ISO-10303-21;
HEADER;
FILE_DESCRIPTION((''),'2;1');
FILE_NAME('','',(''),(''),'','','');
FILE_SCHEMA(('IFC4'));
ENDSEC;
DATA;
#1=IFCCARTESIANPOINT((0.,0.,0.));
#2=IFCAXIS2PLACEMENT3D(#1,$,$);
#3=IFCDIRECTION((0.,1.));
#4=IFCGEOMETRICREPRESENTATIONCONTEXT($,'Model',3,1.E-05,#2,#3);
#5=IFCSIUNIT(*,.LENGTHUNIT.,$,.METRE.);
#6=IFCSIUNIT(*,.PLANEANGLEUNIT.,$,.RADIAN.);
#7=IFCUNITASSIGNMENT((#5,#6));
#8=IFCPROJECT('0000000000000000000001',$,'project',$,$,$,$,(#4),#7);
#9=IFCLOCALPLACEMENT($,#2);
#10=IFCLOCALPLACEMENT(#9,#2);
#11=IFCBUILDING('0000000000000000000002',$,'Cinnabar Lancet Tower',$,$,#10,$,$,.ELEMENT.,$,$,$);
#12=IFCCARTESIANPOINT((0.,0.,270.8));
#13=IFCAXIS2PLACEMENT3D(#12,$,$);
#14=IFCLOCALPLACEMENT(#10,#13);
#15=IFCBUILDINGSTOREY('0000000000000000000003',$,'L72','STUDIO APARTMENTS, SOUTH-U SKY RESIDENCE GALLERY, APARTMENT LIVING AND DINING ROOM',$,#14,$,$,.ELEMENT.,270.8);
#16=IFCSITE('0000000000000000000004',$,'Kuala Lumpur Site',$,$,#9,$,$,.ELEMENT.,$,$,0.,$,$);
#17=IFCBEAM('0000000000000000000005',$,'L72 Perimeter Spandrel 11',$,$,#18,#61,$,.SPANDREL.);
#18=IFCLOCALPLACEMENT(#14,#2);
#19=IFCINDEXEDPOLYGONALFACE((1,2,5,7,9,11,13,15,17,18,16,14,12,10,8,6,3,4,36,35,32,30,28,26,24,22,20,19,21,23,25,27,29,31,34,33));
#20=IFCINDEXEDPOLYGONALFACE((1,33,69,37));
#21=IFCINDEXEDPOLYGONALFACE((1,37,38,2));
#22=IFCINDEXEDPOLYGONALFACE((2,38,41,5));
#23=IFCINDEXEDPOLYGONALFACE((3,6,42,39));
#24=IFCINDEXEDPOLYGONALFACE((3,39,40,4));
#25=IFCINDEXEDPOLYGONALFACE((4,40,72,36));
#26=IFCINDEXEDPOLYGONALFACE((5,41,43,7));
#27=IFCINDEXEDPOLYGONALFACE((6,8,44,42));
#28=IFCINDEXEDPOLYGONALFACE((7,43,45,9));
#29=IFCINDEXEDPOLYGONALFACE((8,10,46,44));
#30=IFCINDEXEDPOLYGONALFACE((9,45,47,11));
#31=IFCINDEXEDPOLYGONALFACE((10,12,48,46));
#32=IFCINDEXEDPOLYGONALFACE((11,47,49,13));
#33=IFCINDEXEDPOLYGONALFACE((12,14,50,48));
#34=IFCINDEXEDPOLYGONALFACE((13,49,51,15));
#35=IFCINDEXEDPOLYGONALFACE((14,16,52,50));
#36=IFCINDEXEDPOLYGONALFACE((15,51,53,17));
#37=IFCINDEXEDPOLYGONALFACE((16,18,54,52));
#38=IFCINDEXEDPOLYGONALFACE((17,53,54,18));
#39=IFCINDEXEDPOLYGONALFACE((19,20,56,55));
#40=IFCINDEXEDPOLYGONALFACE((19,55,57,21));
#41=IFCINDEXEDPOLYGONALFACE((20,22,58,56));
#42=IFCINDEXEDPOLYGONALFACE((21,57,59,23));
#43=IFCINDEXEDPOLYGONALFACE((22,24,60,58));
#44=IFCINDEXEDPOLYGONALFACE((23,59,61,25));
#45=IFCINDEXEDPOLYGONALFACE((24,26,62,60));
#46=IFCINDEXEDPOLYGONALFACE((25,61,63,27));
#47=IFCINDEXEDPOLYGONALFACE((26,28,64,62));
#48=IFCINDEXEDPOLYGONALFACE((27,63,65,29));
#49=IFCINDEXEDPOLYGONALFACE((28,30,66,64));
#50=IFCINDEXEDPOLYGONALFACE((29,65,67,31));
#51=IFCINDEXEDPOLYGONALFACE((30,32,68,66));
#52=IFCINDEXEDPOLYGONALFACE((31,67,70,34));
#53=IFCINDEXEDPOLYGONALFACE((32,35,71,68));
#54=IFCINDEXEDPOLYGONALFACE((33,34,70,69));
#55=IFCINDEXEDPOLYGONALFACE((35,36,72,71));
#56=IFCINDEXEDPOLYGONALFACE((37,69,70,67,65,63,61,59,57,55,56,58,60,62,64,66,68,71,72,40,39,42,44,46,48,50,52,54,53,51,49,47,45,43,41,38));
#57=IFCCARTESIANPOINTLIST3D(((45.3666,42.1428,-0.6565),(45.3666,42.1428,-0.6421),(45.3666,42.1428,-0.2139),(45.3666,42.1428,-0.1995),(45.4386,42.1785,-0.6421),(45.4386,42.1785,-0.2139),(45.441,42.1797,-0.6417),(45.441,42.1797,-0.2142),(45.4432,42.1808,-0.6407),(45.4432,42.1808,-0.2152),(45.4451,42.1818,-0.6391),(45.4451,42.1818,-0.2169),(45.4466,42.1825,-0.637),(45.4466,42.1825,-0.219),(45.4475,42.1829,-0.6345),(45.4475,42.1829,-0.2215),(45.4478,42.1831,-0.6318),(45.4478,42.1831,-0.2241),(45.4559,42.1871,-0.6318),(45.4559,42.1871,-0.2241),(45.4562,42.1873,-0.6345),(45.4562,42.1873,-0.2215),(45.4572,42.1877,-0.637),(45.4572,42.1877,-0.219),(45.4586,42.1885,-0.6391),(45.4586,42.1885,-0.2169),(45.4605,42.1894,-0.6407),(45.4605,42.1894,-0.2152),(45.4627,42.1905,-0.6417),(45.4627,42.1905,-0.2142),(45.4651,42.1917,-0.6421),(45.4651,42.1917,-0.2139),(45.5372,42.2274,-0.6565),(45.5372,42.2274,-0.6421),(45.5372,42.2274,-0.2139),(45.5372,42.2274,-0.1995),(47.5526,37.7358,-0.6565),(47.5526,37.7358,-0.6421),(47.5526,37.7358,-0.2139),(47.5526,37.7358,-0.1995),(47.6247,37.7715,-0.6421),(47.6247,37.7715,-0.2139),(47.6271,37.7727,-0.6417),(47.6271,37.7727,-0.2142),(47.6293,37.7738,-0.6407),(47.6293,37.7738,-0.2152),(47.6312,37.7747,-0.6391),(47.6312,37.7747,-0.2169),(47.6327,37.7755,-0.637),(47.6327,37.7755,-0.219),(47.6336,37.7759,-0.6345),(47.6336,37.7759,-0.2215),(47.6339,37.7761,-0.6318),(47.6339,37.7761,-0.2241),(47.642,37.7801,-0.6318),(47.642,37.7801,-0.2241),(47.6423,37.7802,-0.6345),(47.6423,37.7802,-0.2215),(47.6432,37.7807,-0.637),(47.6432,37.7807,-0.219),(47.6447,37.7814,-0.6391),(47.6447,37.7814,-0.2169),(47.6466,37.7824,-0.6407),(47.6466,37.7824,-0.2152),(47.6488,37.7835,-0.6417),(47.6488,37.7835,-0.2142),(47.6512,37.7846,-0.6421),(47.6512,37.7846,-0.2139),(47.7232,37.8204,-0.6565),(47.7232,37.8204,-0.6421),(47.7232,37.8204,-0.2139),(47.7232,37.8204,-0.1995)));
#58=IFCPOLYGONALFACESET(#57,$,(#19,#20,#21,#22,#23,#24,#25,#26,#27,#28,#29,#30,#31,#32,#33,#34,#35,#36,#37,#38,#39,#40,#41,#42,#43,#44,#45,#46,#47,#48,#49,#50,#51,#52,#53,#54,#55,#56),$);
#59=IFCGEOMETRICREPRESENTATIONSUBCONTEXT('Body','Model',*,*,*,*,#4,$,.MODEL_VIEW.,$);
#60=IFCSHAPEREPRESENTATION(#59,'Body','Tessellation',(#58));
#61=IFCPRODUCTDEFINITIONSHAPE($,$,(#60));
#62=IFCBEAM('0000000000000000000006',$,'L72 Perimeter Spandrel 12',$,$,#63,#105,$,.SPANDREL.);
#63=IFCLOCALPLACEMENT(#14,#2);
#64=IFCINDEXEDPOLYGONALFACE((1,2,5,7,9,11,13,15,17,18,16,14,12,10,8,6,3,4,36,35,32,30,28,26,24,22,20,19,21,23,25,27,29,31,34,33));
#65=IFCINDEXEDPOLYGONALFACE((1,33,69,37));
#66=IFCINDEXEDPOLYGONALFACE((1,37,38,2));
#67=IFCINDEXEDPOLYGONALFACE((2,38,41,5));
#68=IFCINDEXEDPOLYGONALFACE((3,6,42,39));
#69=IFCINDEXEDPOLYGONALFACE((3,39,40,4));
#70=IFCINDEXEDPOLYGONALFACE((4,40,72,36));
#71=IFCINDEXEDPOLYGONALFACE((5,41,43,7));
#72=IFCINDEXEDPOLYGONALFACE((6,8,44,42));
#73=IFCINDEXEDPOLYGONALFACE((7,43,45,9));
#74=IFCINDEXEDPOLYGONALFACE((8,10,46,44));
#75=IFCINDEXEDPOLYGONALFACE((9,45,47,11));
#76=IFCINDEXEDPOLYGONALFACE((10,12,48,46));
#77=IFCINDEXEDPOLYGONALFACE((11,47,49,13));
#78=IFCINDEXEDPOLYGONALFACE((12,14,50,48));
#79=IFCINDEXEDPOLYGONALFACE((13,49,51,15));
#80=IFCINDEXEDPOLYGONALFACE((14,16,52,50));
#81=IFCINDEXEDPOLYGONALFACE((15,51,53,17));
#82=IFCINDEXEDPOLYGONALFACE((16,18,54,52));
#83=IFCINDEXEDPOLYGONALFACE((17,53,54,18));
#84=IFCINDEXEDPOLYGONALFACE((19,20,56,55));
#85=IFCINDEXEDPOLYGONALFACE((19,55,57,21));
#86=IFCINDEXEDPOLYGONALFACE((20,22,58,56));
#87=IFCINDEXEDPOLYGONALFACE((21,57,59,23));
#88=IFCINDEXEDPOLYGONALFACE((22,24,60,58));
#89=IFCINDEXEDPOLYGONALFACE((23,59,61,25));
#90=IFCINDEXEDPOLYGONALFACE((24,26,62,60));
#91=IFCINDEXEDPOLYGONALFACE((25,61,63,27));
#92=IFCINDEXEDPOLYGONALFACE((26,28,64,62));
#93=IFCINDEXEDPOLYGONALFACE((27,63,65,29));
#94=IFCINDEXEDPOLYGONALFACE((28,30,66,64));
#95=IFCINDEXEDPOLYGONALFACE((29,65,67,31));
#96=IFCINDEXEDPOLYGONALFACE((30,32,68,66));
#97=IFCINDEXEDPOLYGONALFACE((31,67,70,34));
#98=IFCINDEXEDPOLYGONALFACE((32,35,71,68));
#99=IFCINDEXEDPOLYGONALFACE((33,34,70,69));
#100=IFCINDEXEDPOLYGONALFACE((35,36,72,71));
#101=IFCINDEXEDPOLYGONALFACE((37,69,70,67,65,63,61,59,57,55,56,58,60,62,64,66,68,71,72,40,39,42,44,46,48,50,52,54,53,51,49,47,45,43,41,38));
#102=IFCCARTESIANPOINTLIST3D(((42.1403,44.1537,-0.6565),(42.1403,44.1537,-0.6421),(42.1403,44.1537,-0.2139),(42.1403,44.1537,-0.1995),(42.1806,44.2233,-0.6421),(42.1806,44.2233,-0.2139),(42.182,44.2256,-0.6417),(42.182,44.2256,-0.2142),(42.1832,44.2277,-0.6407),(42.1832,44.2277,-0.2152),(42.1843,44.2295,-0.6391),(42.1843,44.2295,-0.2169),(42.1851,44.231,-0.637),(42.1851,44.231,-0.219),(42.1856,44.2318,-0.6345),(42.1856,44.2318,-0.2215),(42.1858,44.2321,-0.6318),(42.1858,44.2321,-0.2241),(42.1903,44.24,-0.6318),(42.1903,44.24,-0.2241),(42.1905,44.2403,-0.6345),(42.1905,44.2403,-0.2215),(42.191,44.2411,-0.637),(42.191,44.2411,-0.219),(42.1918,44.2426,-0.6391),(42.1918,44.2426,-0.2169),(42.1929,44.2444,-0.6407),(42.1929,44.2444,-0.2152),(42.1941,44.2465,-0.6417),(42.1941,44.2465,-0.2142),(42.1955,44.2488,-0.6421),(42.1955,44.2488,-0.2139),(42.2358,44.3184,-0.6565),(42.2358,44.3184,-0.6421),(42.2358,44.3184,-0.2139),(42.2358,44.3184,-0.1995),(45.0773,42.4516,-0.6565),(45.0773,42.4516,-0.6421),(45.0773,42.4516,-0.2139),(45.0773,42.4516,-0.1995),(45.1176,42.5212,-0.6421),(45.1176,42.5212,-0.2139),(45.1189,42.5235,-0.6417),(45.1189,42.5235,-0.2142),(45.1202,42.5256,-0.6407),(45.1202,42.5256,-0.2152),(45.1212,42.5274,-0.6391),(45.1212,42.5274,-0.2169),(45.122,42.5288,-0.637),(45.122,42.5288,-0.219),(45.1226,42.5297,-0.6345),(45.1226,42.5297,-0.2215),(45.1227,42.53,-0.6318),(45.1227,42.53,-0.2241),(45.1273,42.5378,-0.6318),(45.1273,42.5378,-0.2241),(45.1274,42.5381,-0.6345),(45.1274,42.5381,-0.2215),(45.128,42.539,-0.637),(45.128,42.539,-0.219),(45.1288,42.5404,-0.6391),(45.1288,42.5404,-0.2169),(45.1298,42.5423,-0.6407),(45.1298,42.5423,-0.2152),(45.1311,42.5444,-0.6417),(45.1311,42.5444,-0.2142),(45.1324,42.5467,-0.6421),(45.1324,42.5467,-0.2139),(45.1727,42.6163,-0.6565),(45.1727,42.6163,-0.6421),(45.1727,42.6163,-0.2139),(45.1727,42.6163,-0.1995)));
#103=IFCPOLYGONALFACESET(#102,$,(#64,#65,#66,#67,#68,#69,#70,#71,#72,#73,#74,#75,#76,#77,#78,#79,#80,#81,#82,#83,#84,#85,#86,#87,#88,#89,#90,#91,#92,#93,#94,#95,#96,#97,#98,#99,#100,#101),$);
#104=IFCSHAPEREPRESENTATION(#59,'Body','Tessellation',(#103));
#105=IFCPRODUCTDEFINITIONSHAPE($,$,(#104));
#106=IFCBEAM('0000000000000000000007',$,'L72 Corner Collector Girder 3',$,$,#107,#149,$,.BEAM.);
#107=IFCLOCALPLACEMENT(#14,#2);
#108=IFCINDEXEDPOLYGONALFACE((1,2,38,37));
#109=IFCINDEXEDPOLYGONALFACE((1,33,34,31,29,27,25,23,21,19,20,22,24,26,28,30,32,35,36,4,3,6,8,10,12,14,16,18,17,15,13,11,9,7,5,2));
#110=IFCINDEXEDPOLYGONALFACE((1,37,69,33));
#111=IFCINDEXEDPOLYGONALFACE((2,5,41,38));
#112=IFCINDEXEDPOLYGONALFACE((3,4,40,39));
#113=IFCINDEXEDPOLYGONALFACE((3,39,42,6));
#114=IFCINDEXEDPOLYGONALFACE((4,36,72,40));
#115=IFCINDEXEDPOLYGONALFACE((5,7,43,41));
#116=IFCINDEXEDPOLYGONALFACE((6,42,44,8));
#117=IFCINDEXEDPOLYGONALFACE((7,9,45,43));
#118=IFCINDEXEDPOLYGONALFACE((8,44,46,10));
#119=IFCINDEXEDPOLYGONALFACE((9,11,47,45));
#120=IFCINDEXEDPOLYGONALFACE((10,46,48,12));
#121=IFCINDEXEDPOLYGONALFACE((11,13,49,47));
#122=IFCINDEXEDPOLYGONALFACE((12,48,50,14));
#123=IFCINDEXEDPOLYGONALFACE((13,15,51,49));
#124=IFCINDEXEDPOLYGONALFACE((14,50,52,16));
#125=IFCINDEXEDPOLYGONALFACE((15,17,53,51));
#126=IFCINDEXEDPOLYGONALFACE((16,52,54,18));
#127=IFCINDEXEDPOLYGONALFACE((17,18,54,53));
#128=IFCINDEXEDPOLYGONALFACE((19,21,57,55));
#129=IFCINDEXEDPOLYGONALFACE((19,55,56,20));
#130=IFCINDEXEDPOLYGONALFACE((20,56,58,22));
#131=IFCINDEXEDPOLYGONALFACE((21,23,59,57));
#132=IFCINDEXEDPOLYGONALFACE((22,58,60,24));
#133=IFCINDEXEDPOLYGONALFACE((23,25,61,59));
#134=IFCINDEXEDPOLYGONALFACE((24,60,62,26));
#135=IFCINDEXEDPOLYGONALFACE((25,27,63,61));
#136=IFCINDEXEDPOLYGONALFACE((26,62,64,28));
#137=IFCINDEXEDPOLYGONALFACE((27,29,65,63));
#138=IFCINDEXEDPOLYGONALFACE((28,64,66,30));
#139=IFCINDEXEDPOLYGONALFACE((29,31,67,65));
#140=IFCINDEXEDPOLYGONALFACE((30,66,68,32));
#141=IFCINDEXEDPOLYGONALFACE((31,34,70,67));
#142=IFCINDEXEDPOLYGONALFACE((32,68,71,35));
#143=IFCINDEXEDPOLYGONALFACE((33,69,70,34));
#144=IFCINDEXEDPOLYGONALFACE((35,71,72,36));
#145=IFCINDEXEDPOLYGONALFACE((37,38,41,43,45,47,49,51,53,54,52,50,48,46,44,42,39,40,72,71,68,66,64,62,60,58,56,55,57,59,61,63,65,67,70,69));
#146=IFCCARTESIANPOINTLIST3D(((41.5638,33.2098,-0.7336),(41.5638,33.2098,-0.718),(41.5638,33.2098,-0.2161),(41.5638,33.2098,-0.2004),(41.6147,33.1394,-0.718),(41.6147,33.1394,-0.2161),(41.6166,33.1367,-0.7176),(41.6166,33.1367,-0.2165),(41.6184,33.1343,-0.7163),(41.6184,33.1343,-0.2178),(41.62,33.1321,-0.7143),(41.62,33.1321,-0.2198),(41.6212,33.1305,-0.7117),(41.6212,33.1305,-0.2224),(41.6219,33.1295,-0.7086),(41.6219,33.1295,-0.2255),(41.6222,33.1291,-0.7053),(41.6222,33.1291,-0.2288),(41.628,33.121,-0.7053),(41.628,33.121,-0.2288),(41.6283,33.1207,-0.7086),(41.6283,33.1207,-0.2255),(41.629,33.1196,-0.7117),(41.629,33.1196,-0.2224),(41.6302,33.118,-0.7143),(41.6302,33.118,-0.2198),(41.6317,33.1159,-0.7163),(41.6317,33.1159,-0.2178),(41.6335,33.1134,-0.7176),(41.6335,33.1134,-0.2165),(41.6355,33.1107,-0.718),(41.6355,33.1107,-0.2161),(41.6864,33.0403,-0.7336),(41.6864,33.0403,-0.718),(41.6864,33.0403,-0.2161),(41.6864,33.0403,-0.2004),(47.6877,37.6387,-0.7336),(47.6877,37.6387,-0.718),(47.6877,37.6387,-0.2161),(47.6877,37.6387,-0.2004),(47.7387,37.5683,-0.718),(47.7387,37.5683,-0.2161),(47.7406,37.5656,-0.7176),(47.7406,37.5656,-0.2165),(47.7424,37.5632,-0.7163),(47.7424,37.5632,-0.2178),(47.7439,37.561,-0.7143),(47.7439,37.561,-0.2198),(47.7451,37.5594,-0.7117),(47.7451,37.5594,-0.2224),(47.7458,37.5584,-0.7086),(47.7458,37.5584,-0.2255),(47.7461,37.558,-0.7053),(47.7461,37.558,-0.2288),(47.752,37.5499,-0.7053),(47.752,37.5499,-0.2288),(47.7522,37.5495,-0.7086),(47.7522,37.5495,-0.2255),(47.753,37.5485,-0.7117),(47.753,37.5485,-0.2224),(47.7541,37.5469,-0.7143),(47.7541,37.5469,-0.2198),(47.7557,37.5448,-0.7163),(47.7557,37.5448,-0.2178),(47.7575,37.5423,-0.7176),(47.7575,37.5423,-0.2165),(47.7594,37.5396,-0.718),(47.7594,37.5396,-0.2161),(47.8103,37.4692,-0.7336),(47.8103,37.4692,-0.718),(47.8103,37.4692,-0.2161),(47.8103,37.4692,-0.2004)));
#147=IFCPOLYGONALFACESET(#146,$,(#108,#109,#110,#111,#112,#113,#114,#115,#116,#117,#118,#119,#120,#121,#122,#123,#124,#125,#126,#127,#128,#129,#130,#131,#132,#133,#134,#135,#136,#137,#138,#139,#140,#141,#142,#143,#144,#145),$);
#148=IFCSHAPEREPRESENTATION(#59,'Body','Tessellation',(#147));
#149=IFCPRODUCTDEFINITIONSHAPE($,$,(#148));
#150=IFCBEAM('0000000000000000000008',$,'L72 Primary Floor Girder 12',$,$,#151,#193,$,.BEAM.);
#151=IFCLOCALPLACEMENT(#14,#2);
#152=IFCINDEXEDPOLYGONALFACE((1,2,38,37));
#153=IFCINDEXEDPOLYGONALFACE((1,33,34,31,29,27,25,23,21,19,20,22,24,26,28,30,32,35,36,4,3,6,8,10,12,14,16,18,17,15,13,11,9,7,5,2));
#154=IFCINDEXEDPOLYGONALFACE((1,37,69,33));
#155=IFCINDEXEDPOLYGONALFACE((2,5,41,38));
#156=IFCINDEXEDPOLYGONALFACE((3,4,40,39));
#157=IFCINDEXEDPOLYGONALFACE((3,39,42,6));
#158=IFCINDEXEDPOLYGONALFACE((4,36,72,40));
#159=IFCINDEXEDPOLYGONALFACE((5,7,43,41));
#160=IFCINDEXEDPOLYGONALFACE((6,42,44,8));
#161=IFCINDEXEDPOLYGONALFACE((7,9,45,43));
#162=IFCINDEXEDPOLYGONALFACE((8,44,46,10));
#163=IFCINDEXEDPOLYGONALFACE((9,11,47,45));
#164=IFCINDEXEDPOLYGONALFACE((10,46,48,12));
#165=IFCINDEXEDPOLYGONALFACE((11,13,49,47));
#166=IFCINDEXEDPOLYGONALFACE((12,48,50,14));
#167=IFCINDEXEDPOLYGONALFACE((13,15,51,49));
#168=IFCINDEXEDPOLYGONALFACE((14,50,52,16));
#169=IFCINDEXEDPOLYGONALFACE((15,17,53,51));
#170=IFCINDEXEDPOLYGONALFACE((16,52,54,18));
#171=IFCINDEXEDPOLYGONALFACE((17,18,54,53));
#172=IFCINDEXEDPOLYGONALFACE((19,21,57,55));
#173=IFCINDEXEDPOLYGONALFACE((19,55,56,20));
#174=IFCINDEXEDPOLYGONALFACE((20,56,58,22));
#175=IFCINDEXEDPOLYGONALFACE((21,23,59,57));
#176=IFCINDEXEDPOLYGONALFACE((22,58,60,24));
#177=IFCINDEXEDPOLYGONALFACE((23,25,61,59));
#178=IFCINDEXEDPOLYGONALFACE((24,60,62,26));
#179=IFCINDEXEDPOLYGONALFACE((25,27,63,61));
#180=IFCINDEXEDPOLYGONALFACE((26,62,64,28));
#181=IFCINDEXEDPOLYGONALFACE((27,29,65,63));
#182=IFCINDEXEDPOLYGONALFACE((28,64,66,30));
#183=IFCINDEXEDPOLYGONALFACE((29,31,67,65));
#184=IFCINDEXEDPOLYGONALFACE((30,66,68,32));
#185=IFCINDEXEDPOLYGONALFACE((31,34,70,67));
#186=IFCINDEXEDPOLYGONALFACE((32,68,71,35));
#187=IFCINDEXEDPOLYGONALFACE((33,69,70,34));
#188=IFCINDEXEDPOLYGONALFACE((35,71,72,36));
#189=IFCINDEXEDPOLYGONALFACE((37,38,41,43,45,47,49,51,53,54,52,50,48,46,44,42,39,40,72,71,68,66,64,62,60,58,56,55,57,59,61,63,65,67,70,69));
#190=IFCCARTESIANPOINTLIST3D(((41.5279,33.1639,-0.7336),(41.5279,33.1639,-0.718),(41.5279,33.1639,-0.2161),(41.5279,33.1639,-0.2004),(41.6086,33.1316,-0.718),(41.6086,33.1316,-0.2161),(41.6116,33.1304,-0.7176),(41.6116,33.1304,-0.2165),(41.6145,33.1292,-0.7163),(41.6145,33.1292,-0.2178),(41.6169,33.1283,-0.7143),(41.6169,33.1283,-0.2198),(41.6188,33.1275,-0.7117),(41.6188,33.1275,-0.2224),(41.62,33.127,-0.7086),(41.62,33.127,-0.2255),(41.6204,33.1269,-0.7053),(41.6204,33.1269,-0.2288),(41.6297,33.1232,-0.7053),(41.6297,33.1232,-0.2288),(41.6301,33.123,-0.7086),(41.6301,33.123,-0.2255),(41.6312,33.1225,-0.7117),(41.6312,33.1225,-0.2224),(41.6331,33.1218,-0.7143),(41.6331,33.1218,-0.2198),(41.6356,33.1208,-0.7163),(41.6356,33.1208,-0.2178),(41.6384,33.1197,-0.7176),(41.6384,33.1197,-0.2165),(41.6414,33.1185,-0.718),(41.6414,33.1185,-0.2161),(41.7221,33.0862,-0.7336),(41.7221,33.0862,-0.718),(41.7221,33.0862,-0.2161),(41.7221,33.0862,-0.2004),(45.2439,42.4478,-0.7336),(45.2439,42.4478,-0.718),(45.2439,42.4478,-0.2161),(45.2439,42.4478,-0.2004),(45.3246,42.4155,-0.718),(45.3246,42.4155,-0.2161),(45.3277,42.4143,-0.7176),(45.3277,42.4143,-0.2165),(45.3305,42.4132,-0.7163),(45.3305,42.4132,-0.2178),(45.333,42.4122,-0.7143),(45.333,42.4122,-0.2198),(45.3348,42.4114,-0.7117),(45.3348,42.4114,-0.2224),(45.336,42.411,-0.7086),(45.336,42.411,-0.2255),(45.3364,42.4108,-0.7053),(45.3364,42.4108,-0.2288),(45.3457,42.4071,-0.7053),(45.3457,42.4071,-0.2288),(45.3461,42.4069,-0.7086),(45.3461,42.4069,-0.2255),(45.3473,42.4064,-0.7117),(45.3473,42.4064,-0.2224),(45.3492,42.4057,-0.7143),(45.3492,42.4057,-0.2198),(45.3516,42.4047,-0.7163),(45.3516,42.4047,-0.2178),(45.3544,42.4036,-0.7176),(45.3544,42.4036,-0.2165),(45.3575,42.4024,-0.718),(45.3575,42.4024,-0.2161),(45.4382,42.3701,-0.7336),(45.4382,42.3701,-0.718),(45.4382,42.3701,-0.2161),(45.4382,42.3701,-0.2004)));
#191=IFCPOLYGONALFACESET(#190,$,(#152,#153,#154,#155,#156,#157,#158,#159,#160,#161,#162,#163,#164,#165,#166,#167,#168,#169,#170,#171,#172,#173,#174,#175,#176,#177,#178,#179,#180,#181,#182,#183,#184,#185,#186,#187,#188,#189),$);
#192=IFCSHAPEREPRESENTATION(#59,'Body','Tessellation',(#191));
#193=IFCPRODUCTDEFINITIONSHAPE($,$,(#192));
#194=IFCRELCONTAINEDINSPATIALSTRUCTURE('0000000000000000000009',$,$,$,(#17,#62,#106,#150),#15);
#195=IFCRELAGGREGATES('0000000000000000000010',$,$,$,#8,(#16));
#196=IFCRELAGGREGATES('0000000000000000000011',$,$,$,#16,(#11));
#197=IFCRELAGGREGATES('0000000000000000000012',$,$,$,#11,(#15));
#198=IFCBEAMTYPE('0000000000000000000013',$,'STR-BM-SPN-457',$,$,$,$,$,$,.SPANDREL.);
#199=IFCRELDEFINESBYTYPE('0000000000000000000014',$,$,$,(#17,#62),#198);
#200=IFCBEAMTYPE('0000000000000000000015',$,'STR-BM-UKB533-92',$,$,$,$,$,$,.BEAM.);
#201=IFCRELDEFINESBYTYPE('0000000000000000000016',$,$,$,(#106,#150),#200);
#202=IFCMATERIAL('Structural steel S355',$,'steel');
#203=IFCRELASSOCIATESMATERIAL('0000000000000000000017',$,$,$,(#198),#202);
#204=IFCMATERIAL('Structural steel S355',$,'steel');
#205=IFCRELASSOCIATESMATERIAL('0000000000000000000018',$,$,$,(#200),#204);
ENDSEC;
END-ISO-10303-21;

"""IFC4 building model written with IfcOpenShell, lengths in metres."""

from ifc_helpers import new_model, si_unit, direction, frame, origin, origin_2d, place, context, subcontext, project, spatial, i_section, extrude, material, material_profile, profile_set, type_object, element, save


model = new_model("IFC4")

# Units and contexts
model_context = context("Model", 3, precision=1e-05, world=origin(), true_north=direction((0.0, 1.0)))
body_context = subcontext(model_context, "Body", "Model", "MODEL_VIEW")
ifc_project = project(units=[si_unit("LENGTHUNIT", "METRE"), si_unit("PLANEANGLEUNIT", "RADIAN")], contexts=[model_context])

# Site, building, storey
site_placement = place(None, origin())
site = spatial("IfcSite", under=ifc_project, at=site_placement, Name="Kuala Lumpur Site", CompositionType="ELEMENT", RefElevation=0.0)
building_placement = place(site_placement, origin())
building = spatial("IfcBuilding", under=site, at=building_placement, Name="Cinnabar Lancet Tower", CompositionType="ELEMENT")
storey_placement = place(building_placement, frame((0.0, 0.0, 270.8)))
storey = spatial("IfcBuildingStorey", under=building, at=storey_placement, Name="L72", Description="STUDIO APARTMENTS, SOUTH-U SKY RESIDENCE GALLERY, APARTMENT LIVING AND DINING ROOM", CompositionType="ELEMENT", Elevation=270.8)

# Beams
ifc_material_1 = material(Name="Structural steel S355", Category="steel")
ifc_material_profile_1 = material_profile(ifc_material_1, i_section(OverallWidth=0.1904, OverallDepth=0.457, WebThickness=0.009, FlangeThickness=0.0144, FilletRadius=0.0103, at=origin_2d()), Name="UKB 457x191x74")
ifc_profile_set_1 = profile_set([ifc_material_profile_1], Name="Structural steel S355")
beam_type_1 = type_object("IfcBeamType", Name="STR-BM-SPN-457", PredefinedType="SPANDREL", material=ifc_profile_set_1)
beam_1_placement = place(storey_placement, frame((47.6379, 37.7781, -0.428), z_axis=(-0.444373, 0.895842, 0.0), x_axis=(-0.895842, -0.444373, 0.0)))
element("IfcBeam", 1, at=beam_1_placement, inside=storey, type_object=beam_type_1, Name="L72 Perimeter Spandrel 11", PredefinedType="SPANDREL", context=body_context, shape_type="SweptSolid", body=[
    extrude(i_section(OverallWidth=0.1904, OverallDepth=0.457, WebThickness=0.009, FlangeThickness=0.0144, FilletRadius=0.0103, at=origin_2d()), origin(), (0.0, 0.0, 1.0), 4.9194),
])
beam_2_placement = place(storey_placement, frame((45.125, 42.5339, -0.428), z_axis=(-0.8652, 0.501427, 0.0), x_axis=(-0.501427, -0.8652, 0.0)))
element("IfcBeam", 2, at=beam_2_placement, inside=storey, type_object=beam_type_1, Name="L72 Perimeter Spandrel 12", PredefinedType="SPANDREL", context=body_context, shape_type="SweptSolid", body=[
    extrude(i_section(OverallWidth=0.1904, OverallDepth=0.457, WebThickness=0.009, FlangeThickness=0.0144, FilletRadius=0.0103, at=origin_2d()), origin(), (0.0, 0.0, 1.0), 3.3945),
])
ifc_material_2 = material(Name="Structural steel S355", Category="steel")
ifc_material_profile_2 = material_profile(ifc_material_2, i_section(OverallWidth=0.2092, OverallDepth=0.5332, WebThickness=0.01, FlangeThickness=0.0156, FilletRadius=0.0127, at=origin_2d()), Name="UKB 533x210x92")
ifc_profile_set_2 = profile_set([ifc_material_profile_2], Name="Structural steel S355")
beam_type_2 = type_object("IfcBeamType", Name="STR-BM-UKB533-92", PredefinedType="BEAM", material=ifc_profile_set_2)
beam_3_placement = place(storey_placement, frame((47.749, 37.554, -0.467), z_axis=(-0.810299, -0.586016, 0.0), x_axis=(0.586016, -0.810299, 0.0)))
element("IfcBeam", 3, at=beam_3_placement, inside=storey, type_object=beam_type_2, Name="L72 Corner Collector Girder 3", PredefinedType="BEAM", context=body_context, shape_type="SweptSolid", body=[
    extrude(i_section(OverallWidth=0.2092, OverallDepth=0.5332, WebThickness=0.01, FlangeThickness=0.0156, FilletRadius=0.0127, at=origin_2d()), origin(), (0.0, 0.0, 1.0), 7.5576),
])
beam_4_placement = place(storey_placement, frame((45.3411, 42.4089, -0.467), z_axis=(-0.371605, -0.928391, 0.0), x_axis=(0.928391, -0.371605, 0.0)))
element("IfcBeam", 4, at=beam_4_placement, inside=storey, type_object=beam_type_2, Name="L72 Primary Floor Girder 12", PredefinedType="BEAM", context=body_context, shape_type="SweptSolid", body=[
    extrude(i_section(OverallWidth=0.2092, OverallDepth=0.5332, WebThickness=0.01, FlangeThickness=0.0156, FilletRadius=0.0127, at=origin_2d()), origin(), (0.0, 0.0, 1.0), 10.0),
])

save(model, "model.ifc")
